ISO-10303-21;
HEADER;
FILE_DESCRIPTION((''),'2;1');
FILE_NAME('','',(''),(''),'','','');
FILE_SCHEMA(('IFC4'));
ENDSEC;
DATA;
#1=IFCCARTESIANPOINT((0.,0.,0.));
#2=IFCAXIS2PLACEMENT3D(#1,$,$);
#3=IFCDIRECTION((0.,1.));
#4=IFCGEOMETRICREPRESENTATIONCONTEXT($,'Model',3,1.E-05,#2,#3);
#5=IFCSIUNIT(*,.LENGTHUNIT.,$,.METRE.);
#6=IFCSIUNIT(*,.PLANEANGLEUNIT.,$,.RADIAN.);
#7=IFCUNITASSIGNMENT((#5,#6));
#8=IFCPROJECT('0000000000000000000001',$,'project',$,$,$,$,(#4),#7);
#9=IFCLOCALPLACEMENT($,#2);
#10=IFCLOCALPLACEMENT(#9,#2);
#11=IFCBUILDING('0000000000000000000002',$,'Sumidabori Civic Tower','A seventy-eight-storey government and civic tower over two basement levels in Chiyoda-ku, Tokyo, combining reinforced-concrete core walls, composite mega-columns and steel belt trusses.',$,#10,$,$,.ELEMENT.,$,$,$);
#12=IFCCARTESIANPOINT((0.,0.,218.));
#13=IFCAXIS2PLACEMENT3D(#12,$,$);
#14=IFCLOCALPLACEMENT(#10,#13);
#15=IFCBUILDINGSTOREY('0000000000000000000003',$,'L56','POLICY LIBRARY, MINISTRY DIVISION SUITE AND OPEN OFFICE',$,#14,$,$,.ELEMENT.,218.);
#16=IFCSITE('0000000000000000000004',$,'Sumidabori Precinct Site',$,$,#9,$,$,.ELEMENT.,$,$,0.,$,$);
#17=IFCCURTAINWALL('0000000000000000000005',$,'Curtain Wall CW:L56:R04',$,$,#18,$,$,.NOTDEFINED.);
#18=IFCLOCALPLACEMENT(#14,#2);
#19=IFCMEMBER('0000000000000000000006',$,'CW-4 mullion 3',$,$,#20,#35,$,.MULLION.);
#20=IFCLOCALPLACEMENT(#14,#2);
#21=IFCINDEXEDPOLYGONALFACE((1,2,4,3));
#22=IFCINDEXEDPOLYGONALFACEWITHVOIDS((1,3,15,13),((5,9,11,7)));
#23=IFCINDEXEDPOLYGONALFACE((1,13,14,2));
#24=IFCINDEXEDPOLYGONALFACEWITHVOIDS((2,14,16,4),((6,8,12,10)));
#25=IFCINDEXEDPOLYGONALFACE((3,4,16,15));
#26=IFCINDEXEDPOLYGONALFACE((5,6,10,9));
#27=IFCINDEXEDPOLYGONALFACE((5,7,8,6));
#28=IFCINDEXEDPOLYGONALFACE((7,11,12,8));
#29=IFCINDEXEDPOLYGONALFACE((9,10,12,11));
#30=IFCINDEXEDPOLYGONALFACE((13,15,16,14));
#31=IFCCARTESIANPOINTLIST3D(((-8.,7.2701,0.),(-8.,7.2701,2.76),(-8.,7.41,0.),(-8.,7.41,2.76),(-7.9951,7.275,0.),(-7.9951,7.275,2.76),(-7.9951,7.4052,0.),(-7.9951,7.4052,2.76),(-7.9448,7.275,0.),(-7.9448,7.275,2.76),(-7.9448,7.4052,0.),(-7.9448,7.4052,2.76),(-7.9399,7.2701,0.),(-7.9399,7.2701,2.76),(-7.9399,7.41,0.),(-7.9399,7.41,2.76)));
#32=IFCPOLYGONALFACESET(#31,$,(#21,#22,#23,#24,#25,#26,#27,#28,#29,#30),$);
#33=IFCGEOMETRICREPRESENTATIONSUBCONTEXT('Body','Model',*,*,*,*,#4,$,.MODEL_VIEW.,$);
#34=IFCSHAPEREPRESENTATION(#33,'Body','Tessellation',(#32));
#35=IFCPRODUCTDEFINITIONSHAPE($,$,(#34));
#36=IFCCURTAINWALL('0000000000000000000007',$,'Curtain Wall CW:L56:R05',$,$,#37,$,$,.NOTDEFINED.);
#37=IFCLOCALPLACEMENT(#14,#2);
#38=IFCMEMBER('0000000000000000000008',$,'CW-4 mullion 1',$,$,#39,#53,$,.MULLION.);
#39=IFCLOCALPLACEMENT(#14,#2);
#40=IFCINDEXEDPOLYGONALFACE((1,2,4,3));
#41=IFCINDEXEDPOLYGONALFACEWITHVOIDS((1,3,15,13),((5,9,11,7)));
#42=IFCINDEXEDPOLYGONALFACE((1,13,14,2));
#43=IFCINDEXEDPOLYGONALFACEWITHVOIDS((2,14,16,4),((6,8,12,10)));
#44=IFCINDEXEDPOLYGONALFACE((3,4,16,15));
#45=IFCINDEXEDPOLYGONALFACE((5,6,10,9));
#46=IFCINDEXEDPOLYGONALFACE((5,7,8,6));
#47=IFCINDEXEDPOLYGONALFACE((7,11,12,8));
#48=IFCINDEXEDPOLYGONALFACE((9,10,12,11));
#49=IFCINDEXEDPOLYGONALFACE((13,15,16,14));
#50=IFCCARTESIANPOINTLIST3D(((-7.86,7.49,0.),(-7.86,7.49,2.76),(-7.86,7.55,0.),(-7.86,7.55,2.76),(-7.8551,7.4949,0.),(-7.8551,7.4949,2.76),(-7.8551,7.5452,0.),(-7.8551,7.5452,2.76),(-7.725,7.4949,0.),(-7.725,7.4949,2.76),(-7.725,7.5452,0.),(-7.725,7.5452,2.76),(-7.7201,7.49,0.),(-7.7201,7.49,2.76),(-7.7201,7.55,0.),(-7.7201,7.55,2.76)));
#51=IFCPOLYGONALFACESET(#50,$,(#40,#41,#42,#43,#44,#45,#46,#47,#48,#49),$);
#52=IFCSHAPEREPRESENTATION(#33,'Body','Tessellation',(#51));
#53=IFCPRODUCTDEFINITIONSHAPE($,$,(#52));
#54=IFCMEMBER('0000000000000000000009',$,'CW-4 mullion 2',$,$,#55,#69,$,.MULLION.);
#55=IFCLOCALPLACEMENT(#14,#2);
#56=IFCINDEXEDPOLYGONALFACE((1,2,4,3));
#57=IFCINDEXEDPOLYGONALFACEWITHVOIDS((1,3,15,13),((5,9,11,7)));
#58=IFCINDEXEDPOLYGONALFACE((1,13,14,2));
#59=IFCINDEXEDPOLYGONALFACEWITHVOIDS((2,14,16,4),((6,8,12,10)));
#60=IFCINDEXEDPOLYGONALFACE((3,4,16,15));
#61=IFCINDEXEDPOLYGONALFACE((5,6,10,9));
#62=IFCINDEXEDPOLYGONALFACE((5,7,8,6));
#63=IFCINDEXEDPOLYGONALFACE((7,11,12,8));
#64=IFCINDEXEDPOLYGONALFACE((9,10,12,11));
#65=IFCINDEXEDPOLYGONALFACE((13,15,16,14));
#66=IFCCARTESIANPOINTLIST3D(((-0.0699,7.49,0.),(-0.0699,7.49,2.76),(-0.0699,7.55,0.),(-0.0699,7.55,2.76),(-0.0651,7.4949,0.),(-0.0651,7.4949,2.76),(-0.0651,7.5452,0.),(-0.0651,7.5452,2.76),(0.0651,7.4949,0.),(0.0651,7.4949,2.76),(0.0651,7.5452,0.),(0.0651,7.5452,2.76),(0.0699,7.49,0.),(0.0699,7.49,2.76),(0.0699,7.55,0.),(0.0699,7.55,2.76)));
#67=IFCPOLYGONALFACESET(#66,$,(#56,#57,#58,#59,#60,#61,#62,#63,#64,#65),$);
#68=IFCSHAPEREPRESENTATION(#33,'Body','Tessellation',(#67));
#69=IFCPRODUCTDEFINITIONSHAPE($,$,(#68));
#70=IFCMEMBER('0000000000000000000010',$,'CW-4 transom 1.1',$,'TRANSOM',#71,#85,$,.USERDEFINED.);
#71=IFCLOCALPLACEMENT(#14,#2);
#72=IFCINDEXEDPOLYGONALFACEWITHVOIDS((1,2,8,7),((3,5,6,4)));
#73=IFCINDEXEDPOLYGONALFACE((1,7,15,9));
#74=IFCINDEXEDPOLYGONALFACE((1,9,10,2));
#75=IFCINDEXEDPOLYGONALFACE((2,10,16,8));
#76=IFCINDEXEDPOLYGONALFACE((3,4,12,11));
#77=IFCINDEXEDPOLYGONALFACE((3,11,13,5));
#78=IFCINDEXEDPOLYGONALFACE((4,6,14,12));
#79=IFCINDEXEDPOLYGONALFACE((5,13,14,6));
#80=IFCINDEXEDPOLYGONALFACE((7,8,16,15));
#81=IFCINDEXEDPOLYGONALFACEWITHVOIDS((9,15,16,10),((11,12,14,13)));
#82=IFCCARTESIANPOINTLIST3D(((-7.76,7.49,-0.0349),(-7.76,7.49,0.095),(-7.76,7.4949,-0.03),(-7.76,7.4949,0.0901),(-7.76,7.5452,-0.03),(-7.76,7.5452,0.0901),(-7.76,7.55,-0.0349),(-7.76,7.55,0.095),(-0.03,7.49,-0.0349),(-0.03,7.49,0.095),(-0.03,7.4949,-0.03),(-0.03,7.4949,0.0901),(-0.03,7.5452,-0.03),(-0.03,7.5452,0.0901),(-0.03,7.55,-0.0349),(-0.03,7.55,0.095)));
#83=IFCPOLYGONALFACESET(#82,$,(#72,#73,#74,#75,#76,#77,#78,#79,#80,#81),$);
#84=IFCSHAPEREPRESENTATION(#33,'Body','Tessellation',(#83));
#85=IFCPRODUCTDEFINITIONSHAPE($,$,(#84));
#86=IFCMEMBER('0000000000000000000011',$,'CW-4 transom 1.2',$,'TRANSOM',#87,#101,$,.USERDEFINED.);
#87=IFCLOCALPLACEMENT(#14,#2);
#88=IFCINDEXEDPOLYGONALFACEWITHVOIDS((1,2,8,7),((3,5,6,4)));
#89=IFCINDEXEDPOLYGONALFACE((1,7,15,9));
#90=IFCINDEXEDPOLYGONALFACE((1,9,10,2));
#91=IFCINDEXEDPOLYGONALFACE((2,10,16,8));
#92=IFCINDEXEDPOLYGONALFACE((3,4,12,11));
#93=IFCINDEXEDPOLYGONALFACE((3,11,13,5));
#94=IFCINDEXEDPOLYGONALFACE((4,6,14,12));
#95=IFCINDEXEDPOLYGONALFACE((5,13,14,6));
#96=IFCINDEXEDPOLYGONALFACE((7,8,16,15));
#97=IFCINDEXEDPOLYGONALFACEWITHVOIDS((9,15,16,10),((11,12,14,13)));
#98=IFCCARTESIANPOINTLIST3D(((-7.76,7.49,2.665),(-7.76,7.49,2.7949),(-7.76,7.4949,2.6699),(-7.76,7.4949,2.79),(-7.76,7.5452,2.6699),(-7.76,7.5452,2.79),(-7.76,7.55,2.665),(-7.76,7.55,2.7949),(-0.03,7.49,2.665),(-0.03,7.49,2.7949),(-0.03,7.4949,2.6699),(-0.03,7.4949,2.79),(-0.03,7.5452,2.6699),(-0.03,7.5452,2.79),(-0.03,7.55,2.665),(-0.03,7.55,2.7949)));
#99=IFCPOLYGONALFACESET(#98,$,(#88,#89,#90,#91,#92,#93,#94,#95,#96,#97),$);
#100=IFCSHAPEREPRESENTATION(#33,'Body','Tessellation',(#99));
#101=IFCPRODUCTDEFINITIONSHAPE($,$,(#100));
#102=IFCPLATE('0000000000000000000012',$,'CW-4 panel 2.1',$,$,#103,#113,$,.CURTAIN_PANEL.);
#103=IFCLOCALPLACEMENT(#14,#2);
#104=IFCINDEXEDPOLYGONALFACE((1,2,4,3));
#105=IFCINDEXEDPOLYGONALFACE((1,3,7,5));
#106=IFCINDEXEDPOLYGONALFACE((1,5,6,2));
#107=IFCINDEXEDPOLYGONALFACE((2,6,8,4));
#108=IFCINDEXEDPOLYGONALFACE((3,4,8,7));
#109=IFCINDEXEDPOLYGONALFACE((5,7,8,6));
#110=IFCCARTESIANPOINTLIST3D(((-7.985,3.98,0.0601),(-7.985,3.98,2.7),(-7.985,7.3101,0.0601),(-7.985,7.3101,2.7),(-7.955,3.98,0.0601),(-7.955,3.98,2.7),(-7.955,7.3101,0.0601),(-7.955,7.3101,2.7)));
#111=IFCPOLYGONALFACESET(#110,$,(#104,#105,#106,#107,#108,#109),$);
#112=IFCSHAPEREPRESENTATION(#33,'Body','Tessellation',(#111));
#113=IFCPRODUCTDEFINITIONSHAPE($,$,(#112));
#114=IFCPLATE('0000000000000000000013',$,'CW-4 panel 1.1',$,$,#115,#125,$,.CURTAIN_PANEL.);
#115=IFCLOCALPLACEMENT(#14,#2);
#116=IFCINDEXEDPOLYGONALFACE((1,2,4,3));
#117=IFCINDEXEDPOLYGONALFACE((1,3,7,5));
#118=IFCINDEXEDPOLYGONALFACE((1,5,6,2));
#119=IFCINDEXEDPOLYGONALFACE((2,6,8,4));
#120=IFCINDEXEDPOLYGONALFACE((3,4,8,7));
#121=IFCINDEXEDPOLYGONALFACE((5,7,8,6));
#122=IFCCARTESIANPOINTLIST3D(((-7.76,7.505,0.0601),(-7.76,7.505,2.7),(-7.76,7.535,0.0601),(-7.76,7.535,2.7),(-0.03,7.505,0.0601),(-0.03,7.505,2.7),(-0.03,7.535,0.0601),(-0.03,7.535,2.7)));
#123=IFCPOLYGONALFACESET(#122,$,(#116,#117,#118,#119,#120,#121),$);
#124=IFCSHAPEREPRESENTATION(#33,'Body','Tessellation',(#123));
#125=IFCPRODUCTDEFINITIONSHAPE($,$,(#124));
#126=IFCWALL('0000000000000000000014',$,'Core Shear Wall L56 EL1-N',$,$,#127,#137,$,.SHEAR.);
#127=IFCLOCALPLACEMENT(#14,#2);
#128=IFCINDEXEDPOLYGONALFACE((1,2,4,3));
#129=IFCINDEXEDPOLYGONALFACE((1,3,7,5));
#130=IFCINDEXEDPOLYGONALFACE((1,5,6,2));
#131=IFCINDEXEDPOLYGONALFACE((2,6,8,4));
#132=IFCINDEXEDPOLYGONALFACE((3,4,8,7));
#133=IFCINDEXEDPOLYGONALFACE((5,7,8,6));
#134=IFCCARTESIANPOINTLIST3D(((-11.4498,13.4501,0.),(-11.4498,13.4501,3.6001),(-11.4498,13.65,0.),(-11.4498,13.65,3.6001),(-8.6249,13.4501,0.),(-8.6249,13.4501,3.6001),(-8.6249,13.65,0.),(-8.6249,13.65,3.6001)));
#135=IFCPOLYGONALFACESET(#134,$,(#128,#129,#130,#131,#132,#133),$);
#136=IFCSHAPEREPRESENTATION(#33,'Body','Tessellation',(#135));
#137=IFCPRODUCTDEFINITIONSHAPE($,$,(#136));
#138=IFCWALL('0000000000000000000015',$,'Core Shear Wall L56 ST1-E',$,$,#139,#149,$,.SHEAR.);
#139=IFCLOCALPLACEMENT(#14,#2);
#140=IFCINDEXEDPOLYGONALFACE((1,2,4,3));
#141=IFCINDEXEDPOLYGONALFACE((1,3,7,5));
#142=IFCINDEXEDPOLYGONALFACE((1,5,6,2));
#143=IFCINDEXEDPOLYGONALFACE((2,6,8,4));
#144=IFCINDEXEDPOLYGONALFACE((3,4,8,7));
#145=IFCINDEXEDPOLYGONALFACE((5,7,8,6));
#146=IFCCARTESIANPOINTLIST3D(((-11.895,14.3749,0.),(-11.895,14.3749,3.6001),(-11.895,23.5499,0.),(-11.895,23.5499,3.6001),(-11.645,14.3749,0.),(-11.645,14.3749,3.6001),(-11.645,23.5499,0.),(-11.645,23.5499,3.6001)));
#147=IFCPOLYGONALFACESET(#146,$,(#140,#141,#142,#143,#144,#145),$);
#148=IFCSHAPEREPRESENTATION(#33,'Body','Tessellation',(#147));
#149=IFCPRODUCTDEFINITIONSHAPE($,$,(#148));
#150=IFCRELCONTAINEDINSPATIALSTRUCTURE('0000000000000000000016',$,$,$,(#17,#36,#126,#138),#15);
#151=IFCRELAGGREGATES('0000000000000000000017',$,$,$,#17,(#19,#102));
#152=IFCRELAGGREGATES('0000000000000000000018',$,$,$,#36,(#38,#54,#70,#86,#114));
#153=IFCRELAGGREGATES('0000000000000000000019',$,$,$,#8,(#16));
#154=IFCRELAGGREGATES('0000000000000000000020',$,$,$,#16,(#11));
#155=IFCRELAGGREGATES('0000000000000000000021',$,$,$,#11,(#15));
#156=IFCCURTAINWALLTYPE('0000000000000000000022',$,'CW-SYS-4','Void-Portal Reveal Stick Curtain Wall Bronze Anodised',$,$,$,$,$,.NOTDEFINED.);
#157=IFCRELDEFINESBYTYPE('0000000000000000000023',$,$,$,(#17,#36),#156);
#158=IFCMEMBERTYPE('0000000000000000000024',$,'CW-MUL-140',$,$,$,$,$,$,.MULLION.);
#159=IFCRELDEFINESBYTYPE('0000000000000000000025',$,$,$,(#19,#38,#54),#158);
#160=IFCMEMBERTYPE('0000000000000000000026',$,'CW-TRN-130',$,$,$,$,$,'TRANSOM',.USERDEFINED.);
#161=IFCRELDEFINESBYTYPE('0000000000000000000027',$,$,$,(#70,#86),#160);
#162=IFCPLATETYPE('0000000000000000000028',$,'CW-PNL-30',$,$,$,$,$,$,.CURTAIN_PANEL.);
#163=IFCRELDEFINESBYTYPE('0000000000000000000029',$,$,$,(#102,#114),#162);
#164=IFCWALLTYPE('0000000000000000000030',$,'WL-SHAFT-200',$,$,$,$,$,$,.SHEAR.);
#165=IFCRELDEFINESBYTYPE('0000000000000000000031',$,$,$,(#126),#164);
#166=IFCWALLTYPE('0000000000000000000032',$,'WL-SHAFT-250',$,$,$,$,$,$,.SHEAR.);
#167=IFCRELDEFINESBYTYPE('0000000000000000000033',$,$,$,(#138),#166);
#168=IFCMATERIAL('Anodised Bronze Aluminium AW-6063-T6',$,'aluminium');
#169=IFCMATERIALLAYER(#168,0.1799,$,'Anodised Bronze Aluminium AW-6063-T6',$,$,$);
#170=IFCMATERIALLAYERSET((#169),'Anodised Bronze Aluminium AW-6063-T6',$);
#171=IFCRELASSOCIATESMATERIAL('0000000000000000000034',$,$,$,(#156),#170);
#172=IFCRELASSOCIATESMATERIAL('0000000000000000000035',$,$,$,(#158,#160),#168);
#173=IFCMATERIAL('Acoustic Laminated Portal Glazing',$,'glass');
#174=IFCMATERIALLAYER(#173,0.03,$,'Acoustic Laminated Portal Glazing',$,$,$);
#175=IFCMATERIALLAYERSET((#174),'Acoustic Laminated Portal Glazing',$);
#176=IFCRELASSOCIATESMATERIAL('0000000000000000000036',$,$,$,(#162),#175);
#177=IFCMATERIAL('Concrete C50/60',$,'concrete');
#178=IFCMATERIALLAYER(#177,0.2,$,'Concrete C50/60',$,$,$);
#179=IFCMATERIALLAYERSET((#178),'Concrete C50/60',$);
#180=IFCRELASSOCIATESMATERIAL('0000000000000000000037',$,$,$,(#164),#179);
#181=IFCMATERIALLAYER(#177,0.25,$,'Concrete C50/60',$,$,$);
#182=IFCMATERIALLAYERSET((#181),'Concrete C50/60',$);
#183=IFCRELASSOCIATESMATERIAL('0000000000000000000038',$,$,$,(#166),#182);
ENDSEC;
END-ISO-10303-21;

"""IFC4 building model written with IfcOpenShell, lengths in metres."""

from ifc_helpers import new_model, si_unit, direction, frame, frame_2d, origin, origin_2d, place, context, subcontext, project, spatial, rectangle, hollow_rectangle, extrude, source, transform, mapped, material, layer, layer_set, material_profile, profile_set, type_object, element, aggregate, save


model = new_model("IFC4")

# Units and contexts
model_context = context("Model", 3, precision=1e-05, world=origin(), true_north=direction((0.0, 1.0)))
body_context = subcontext(model_context, "Body", "Model", "MODEL_VIEW")
ifc_project = project(units=[si_unit("LENGTHUNIT", "METRE"), si_unit("PLANEANGLEUNIT", "RADIAN")], contexts=[model_context])

# Site, building, storey
site_placement = place(None, origin())
site = spatial("IfcSite", under=ifc_project, at=site_placement, Name="Sumidabori Precinct Site", CompositionType="ELEMENT", RefElevation=0.0)
building_placement = place(site_placement, origin())
building = spatial("IfcBuilding", under=site, at=building_placement, Name="Sumidabori Civic Tower", Description="A seventy-eight-storey government and civic tower over two basement levels in Chiyoda-ku, Tokyo, combining reinforced-concrete core walls, composite mega-columns and steel belt trusses.", CompositionType="ELEMENT")
storey_placement = place(building_placement, frame((0.0, 0.0, 218.0)))
storey = spatial("IfcBuildingStorey", under=building, at=storey_placement, Name="L56", Description="POLICY LIBRARY, MINISTRY DIVISION SUITE AND OPEN OFFICE", CompositionType="ELEMENT", Elevation=218.0)

# Curtain wall, member
ifc_material_1 = material(Name="Anodised Bronze Aluminium AW-6063-T6", Category="aluminium")
ifc_layer_1 = layer(ifc_material_1, 0.1799, Name="Anodised Bronze Aluminium AW-6063-T6")
ifc_layer_set_1 = layer_set([ifc_layer_1], Name="Anodised Bronze Aluminium AW-6063-T6")
curtain_wall_type = type_object("IfcCurtainWallType", Name="CW-SYS-4", Description="Void-Portal Reveal Stick Curtain Wall Bronze Anodised", PredefinedType="NOTDEFINED", material=ifc_layer_set_1)
curtain_wall_1_placement = place(storey_placement, origin())
curtain_wall_1 = element("IfcCurtainWall", 1, at=curtain_wall_1_placement, inside=storey, type_object=curtain_wall_type, Name="Curtain Wall CW:L56:R04", PredefinedType="NOTDEFINED")
ifc_material_profile_1 = material_profile(ifc_material_1, hollow_rectangle(XDim=0.0601, YDim=0.1399, WallThickness=0.0049, at=origin_2d()), Name="ALU MULLION 140x60")
ifc_profile_set_1 = profile_set([ifc_material_profile_1], Name="Anodised Bronze Aluminium AW-6063-T6")
member_type_1 = type_object("IfcMemberType", Name="CW-MUL-140", PredefinedType="MULLION", material=ifc_profile_set_1)
shared_shape_1 = source(origin(), body_context, "Body", "SweptSolid", [
    extrude(hollow_rectangle(XDim=0.0601, YDim=0.1399, WallThickness=0.0049, at=origin_2d()), origin(), (0.0, 0.0, 1.0), 2.76),
])
member_1_placement = place(storey_placement, frame((-7.97, 7.3401, 0.0), z_axis=(0.0, 0.0, 1.0), x_axis=(-1.0, 0.0, 0.0)))
member_1 = element("IfcMember", 2, at=member_1_placement, type_object=member_type_1, Name="CW-4 mullion 3", PredefinedType="MULLION", context=body_context, shape_type="MappedRepresentation", body=[
    mapped(shared_shape_1, transform((0.0, 0.0, 0.0), x_axis=(1.0, 0.0, 0.0), y_axis=(0.0, 1.0, 0.0), z_axis=(0.0, 0.0, 1.0), scale=1.0)),
])

# Curtain wall, members
curtain_wall_2_placement = place(storey_placement, origin())
curtain_wall_2 = element("IfcCurtainWall", 3, at=curtain_wall_2_placement, inside=storey, type_object=curtain_wall_type, Name="Curtain Wall CW:L56:R05", PredefinedType="NOTDEFINED")
member_2_placement = place(storey_placement, frame((-7.79, 7.52, 0.0), z_axis=(0.0, 0.0, 1.0), x_axis=(0.0, 1.0, 0.0)))
member_2 = element("IfcMember", 4, at=member_2_placement, type_object=member_type_1, Name="CW-4 mullion 1", PredefinedType="MULLION", context=body_context, shape_type="MappedRepresentation", body=[
    mapped(shared_shape_1, transform((0.0, 0.0, 0.0), x_axis=(1.0, 0.0, 0.0), y_axis=(0.0, 1.0, 0.0), z_axis=(0.0, 0.0, 1.0), scale=1.0)),
])
member_3_placement = place(storey_placement, frame((0.0, 7.52, 0.0), z_axis=(0.0, 0.0, 1.0), x_axis=(0.0, 1.0, 0.0)))
member_3 = element("IfcMember", 5, at=member_3_placement, type_object=member_type_1, Name="CW-4 mullion 2", PredefinedType="MULLION", context=body_context, shape_type="MappedRepresentation", body=[
    mapped(shared_shape_1, transform((0.0, 0.0, 0.0), x_axis=(1.0, 0.0, 0.0), y_axis=(0.0, 1.0, 0.0), z_axis=(0.0, 0.0, 1.0), scale=1.0)),
])
ifc_material_profile_2 = material_profile(ifc_material_1, hollow_rectangle(XDim=0.0601, YDim=0.1299, WallThickness=0.0049, at=origin_2d()), Name="ALU TRANSOM 130x60")
ifc_profile_set_2 = profile_set([ifc_material_profile_2], Name="Anodised Bronze Aluminium AW-6063-T6")
member_type_2 = type_object("IfcMemberType", Name="CW-TRN-130", ElementType="TRANSOM", PredefinedType="USERDEFINED", material=ifc_profile_set_2)
shared_shape_2 = source(origin(), body_context, "Body", "SweptSolid", [
    extrude(hollow_rectangle(XDim=0.0601, YDim=0.1299, WallThickness=0.0049, at=origin_2d()), origin(), (0.0, 0.0, 1.0), 7.73),
])
member_4_placement = place(storey_placement, frame((-7.76, 7.52, 0.03), z_axis=(1.0, 0.0, 0.0), x_axis=(0.0, 1.0, 0.0)))
member_4 = element("IfcMember", 6, at=member_4_placement, type_object=member_type_2, Name="CW-4 transom 1.1", ObjectType="TRANSOM", PredefinedType="USERDEFINED", context=body_context, shape_type="MappedRepresentation", body=[
    mapped(shared_shape_2, transform((0.0, 0.0, 0.0), x_axis=(1.0, 0.0, 0.0), y_axis=(0.0, 1.0, 0.0), z_axis=(0.0, 0.0, 1.0), scale=1.0)),
])
member_5_placement = place(storey_placement, frame((-7.76, 7.52, 2.73), z_axis=(1.0, 0.0, 0.0), x_axis=(0.0, 1.0, 0.0)))
member_5 = element("IfcMember", 7, at=member_5_placement, type_object=member_type_2, Name="CW-4 transom 1.2", ObjectType="TRANSOM", PredefinedType="USERDEFINED", context=body_context, shape_type="MappedRepresentation", body=[
    mapped(shared_shape_2, transform((0.0, 0.0, 0.0), x_axis=(1.0, 0.0, 0.0), y_axis=(0.0, 1.0, 0.0), z_axis=(0.0, 0.0, 1.0), scale=1.0)),
])

# Plates
ifc_material_2 = material(Name="Acoustic Laminated Portal Glazing", Category="glass")
ifc_layer_2 = layer(ifc_material_2, 0.03, Name="Acoustic Laminated Portal Glazing")
ifc_layer_set_2 = layer_set([ifc_layer_2], Name="Acoustic Laminated Portal Glazing")
plate_type = type_object("IfcPlateType", Name="CW-PNL-30", PredefinedType="CURTAIN_PANEL", material=ifc_layer_set_2)
shared_shape_3 = source(origin(), body_context, "Body", "SweptSolid", [
    extrude(rectangle(XDim=3.3301, YDim=0.03, at=origin_2d()), origin(), (0.0, 0.0, 1.0), 2.6399),
])
plate_1_placement = place(storey_placement, frame((-7.97, 5.645, 0.0601), z_axis=(0.0, 0.0, 1.0), x_axis=(0.0, 1.0, 0.0)))
plate_1 = element("IfcPlate", 8, at=plate_1_placement, type_object=plate_type, Name="CW-4 panel 2.1", PredefinedType="CURTAIN_PANEL", context=body_context, shape_type="MappedRepresentation", body=[
    mapped(shared_shape_3, transform((0.0, 0.0, 0.0), x_axis=(1.0, 0.0, 0.0), y_axis=(0.0, 1.0, 0.0), z_axis=(0.0, 0.0, 1.0), scale=1.0)),
])
aggregate(curtain_wall_1, [member_1, plate_1])
shared_shape_4 = source(origin(), body_context, "Body", "SweptSolid", [
    extrude(rectangle(XDim=7.73, YDim=0.03, at=origin_2d()), origin(), (0.0, 0.0, 1.0), 2.6399),
])
plate_2_placement = place(storey_placement, frame((-3.895, 7.52, 0.0601), z_axis=(0.0, 0.0, 1.0), x_axis=(1.0, 0.0, 0.0)))
plate_2 = element("IfcPlate", 9, at=plate_2_placement, type_object=plate_type, Name="CW-4 panel 1.1", PredefinedType="CURTAIN_PANEL", context=body_context, shape_type="MappedRepresentation", body=[
    mapped(shared_shape_4, transform((0.0, 0.0, 0.0), x_axis=(1.0, 0.0, 0.0), y_axis=(0.0, 1.0, 0.0), z_axis=(0.0, 0.0, 1.0), scale=1.0)),
])
aggregate(curtain_wall_2, [member_2, member_3, member_4, member_5, plate_2])

# Wall
ifc_material_3 = material(Name="Concrete C50/60", Category="concrete")
ifc_layer_3 = layer(ifc_material_3, 0.2, Name="Concrete C50/60")
ifc_layer_set_3 = layer_set([ifc_layer_3], Name="Concrete C50/60")
wall_type_1 = type_object("IfcWallType", Name="WL-SHAFT-200", PredefinedType="SHEAR", material=ifc_layer_set_3)
shared_shape_5 = source(origin(), body_context, "Body", "SweptSolid", [
    extrude(rectangle(XDim=2.825, YDim=0.2, at=frame_2d((1.4126, 0.0))), origin(), (0.0, 0.0, 1.0), 3.6001),
])
wall_1_placement = place(storey_placement, frame((-11.45, 13.55, 0.0), z_axis=(0.0, 0.0, 1.0), x_axis=(1.0, 0.0, 0.0)))
element("IfcWall", 10, at=wall_1_placement, inside=storey, type_object=wall_type_1, Name="Core Shear Wall L56 EL1-N", PredefinedType="SHEAR", context=body_context, shape_type="MappedRepresentation", body=[
    mapped(shared_shape_5, transform((0.0, 0.0, 0.0), x_axis=(1.0, 0.0, 0.0), y_axis=(0.0, 1.0, 0.0), z_axis=(0.0, 0.0, 1.0), scale=1.0)),
])

# Shared definitions
ifc_layer_4 = layer(ifc_material_3, 0.25, Name="Concrete C50/60")
ifc_layer_set_4 = layer_set([ifc_layer_4], Name="Concrete C50/60")
wall_type_2 = type_object("IfcWallType", Name="WL-SHAFT-250", PredefinedType="SHEAR", material=ifc_layer_set_4)

# Wall
shared_shape_6 = source(origin(), body_context, "Body", "SweptSolid", [
    extrude(rectangle(XDim=9.175, YDim=0.25, at=frame_2d((4.5874, 0.0))), origin(), (0.0, 0.0, 1.0), 3.6001),
])
wall_2_placement = place(storey_placement, frame((-11.77, 14.375, 0.0), z_axis=(0.0, 0.0, 1.0), x_axis=(0.0, 1.0, 0.0)))
element("IfcWall", 11, at=wall_2_placement, inside=storey, type_object=wall_type_2, Name="Core Shear Wall L56 ST1-E", PredefinedType="SHEAR", context=body_context, shape_type="MappedRepresentation", body=[
    mapped(shared_shape_6, transform((0.0, 0.0, 0.0), x_axis=(1.0, 0.0, 0.0), y_axis=(0.0, 1.0, 0.0), z_axis=(0.0, 0.0, 1.0), scale=1.0)),
])

save(model, "model.ifc")
